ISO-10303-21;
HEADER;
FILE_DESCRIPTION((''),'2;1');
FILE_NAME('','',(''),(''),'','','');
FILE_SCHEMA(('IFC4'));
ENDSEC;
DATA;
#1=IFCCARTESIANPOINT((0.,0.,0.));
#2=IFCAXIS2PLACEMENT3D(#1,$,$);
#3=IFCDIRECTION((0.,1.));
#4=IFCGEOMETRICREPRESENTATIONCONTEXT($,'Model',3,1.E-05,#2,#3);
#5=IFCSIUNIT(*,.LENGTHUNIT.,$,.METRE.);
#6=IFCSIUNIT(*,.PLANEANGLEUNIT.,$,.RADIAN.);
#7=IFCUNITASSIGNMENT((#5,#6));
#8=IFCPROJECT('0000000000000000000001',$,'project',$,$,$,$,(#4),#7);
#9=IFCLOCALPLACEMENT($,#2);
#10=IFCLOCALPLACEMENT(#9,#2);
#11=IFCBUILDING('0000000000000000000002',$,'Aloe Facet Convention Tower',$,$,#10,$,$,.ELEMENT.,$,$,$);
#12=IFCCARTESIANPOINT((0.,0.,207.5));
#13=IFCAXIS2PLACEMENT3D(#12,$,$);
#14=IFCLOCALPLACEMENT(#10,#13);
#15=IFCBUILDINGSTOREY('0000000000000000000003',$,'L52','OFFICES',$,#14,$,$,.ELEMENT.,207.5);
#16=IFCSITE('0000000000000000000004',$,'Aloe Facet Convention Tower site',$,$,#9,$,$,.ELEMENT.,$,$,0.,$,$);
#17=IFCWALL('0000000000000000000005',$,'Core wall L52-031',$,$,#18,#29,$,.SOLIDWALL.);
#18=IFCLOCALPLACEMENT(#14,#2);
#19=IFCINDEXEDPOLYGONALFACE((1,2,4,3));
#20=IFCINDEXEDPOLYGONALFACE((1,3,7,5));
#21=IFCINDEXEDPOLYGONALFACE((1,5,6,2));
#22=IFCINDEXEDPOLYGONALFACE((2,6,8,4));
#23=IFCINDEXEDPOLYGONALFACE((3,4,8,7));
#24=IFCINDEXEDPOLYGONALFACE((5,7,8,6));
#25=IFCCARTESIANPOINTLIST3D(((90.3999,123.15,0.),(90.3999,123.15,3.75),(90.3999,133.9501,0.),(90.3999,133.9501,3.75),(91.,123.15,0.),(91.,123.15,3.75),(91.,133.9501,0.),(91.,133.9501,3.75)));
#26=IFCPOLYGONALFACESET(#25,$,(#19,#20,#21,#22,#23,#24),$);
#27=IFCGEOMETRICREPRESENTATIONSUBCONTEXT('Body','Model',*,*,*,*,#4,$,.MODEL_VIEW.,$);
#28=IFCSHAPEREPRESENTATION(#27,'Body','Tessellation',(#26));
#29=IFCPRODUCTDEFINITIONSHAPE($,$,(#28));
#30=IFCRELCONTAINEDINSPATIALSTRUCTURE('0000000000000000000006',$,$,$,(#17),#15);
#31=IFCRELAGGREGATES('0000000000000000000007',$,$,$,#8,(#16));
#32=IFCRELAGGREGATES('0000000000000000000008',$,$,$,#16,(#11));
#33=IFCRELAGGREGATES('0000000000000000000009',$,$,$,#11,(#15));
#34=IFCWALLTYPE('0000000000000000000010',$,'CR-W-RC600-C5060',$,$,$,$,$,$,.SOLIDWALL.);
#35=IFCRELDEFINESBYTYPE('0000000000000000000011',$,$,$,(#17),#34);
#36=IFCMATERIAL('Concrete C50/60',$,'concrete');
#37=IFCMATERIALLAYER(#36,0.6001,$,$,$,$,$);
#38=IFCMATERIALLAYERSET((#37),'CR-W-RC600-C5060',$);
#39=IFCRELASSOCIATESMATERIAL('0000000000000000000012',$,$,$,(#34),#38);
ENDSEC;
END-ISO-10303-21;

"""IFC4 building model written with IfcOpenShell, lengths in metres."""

from ifc_helpers import new_model, si_unit, direction, frame, frame_2d, origin, place, context, subcontext, project, spatial, rectangle, extrude, material, layer, layer_set, type_object, element, save


model = new_model("IFC4")

# Units and contexts
model_context = context("Model", 3, precision=1e-05, world=origin(), true_north=direction((0.0, 1.0)))
body_context = subcontext(model_context, "Body", "Model", "MODEL_VIEW")
ifc_project = project(units=[si_unit("LENGTHUNIT", "METRE"), si_unit("PLANEANGLEUNIT", "RADIAN")], contexts=[model_context])

# Site, building, storey
site_placement = place(None, origin())
site = spatial("IfcSite", under=ifc_project, at=site_placement, Name="Aloe Facet Convention Tower site", CompositionType="ELEMENT", RefElevation=0.0)
building_placement = place(site_placement, origin())
building = spatial("IfcBuilding", under=site, at=building_placement, Name="Aloe Facet Convention Tower", CompositionType="ELEMENT")
storey_placement = place(building_placement, frame((0.0, 0.0, 207.5)))
storey = spatial("IfcBuildingStorey", under=building, at=storey_placement, Name="L52", Description="OFFICES", CompositionType="ELEMENT", Elevation=207.5)

# Wall
ifc_material_1 = material(Name="Concrete C50/60", Category="concrete")
ifc_layer_1 = layer(ifc_material_1, 0.6001)
ifc_layer_set_1 = layer_set([ifc_layer_1], Name="CR-W-RC600-C5060")
wall_type_1 = type_object("IfcWallType", Name="CR-W-RC600-C5060", PredefinedType="SOLIDWALL", material=ifc_layer_set_1)
wall_1_placement = place(storey_placement, frame((90.7, 133.95, 0.0), z_axis=(0.0, 0.0, 1.0), x_axis=(0.0, -1.0, 0.0)))
element("IfcWall", 1, at=wall_1_placement, inside=storey, type_object=wall_type_1, Name="Core wall L52-031", PredefinedType="SOLIDWALL", context=body_context, shape_type="SweptSolid", body=[
    extrude(rectangle(XDim=10.8, YDim=0.6001, at=frame_2d((5.3999, 0.0))), origin(), (0.0, 0.0, 1.0), 3.75),
])

save(model, "model.ifc")
